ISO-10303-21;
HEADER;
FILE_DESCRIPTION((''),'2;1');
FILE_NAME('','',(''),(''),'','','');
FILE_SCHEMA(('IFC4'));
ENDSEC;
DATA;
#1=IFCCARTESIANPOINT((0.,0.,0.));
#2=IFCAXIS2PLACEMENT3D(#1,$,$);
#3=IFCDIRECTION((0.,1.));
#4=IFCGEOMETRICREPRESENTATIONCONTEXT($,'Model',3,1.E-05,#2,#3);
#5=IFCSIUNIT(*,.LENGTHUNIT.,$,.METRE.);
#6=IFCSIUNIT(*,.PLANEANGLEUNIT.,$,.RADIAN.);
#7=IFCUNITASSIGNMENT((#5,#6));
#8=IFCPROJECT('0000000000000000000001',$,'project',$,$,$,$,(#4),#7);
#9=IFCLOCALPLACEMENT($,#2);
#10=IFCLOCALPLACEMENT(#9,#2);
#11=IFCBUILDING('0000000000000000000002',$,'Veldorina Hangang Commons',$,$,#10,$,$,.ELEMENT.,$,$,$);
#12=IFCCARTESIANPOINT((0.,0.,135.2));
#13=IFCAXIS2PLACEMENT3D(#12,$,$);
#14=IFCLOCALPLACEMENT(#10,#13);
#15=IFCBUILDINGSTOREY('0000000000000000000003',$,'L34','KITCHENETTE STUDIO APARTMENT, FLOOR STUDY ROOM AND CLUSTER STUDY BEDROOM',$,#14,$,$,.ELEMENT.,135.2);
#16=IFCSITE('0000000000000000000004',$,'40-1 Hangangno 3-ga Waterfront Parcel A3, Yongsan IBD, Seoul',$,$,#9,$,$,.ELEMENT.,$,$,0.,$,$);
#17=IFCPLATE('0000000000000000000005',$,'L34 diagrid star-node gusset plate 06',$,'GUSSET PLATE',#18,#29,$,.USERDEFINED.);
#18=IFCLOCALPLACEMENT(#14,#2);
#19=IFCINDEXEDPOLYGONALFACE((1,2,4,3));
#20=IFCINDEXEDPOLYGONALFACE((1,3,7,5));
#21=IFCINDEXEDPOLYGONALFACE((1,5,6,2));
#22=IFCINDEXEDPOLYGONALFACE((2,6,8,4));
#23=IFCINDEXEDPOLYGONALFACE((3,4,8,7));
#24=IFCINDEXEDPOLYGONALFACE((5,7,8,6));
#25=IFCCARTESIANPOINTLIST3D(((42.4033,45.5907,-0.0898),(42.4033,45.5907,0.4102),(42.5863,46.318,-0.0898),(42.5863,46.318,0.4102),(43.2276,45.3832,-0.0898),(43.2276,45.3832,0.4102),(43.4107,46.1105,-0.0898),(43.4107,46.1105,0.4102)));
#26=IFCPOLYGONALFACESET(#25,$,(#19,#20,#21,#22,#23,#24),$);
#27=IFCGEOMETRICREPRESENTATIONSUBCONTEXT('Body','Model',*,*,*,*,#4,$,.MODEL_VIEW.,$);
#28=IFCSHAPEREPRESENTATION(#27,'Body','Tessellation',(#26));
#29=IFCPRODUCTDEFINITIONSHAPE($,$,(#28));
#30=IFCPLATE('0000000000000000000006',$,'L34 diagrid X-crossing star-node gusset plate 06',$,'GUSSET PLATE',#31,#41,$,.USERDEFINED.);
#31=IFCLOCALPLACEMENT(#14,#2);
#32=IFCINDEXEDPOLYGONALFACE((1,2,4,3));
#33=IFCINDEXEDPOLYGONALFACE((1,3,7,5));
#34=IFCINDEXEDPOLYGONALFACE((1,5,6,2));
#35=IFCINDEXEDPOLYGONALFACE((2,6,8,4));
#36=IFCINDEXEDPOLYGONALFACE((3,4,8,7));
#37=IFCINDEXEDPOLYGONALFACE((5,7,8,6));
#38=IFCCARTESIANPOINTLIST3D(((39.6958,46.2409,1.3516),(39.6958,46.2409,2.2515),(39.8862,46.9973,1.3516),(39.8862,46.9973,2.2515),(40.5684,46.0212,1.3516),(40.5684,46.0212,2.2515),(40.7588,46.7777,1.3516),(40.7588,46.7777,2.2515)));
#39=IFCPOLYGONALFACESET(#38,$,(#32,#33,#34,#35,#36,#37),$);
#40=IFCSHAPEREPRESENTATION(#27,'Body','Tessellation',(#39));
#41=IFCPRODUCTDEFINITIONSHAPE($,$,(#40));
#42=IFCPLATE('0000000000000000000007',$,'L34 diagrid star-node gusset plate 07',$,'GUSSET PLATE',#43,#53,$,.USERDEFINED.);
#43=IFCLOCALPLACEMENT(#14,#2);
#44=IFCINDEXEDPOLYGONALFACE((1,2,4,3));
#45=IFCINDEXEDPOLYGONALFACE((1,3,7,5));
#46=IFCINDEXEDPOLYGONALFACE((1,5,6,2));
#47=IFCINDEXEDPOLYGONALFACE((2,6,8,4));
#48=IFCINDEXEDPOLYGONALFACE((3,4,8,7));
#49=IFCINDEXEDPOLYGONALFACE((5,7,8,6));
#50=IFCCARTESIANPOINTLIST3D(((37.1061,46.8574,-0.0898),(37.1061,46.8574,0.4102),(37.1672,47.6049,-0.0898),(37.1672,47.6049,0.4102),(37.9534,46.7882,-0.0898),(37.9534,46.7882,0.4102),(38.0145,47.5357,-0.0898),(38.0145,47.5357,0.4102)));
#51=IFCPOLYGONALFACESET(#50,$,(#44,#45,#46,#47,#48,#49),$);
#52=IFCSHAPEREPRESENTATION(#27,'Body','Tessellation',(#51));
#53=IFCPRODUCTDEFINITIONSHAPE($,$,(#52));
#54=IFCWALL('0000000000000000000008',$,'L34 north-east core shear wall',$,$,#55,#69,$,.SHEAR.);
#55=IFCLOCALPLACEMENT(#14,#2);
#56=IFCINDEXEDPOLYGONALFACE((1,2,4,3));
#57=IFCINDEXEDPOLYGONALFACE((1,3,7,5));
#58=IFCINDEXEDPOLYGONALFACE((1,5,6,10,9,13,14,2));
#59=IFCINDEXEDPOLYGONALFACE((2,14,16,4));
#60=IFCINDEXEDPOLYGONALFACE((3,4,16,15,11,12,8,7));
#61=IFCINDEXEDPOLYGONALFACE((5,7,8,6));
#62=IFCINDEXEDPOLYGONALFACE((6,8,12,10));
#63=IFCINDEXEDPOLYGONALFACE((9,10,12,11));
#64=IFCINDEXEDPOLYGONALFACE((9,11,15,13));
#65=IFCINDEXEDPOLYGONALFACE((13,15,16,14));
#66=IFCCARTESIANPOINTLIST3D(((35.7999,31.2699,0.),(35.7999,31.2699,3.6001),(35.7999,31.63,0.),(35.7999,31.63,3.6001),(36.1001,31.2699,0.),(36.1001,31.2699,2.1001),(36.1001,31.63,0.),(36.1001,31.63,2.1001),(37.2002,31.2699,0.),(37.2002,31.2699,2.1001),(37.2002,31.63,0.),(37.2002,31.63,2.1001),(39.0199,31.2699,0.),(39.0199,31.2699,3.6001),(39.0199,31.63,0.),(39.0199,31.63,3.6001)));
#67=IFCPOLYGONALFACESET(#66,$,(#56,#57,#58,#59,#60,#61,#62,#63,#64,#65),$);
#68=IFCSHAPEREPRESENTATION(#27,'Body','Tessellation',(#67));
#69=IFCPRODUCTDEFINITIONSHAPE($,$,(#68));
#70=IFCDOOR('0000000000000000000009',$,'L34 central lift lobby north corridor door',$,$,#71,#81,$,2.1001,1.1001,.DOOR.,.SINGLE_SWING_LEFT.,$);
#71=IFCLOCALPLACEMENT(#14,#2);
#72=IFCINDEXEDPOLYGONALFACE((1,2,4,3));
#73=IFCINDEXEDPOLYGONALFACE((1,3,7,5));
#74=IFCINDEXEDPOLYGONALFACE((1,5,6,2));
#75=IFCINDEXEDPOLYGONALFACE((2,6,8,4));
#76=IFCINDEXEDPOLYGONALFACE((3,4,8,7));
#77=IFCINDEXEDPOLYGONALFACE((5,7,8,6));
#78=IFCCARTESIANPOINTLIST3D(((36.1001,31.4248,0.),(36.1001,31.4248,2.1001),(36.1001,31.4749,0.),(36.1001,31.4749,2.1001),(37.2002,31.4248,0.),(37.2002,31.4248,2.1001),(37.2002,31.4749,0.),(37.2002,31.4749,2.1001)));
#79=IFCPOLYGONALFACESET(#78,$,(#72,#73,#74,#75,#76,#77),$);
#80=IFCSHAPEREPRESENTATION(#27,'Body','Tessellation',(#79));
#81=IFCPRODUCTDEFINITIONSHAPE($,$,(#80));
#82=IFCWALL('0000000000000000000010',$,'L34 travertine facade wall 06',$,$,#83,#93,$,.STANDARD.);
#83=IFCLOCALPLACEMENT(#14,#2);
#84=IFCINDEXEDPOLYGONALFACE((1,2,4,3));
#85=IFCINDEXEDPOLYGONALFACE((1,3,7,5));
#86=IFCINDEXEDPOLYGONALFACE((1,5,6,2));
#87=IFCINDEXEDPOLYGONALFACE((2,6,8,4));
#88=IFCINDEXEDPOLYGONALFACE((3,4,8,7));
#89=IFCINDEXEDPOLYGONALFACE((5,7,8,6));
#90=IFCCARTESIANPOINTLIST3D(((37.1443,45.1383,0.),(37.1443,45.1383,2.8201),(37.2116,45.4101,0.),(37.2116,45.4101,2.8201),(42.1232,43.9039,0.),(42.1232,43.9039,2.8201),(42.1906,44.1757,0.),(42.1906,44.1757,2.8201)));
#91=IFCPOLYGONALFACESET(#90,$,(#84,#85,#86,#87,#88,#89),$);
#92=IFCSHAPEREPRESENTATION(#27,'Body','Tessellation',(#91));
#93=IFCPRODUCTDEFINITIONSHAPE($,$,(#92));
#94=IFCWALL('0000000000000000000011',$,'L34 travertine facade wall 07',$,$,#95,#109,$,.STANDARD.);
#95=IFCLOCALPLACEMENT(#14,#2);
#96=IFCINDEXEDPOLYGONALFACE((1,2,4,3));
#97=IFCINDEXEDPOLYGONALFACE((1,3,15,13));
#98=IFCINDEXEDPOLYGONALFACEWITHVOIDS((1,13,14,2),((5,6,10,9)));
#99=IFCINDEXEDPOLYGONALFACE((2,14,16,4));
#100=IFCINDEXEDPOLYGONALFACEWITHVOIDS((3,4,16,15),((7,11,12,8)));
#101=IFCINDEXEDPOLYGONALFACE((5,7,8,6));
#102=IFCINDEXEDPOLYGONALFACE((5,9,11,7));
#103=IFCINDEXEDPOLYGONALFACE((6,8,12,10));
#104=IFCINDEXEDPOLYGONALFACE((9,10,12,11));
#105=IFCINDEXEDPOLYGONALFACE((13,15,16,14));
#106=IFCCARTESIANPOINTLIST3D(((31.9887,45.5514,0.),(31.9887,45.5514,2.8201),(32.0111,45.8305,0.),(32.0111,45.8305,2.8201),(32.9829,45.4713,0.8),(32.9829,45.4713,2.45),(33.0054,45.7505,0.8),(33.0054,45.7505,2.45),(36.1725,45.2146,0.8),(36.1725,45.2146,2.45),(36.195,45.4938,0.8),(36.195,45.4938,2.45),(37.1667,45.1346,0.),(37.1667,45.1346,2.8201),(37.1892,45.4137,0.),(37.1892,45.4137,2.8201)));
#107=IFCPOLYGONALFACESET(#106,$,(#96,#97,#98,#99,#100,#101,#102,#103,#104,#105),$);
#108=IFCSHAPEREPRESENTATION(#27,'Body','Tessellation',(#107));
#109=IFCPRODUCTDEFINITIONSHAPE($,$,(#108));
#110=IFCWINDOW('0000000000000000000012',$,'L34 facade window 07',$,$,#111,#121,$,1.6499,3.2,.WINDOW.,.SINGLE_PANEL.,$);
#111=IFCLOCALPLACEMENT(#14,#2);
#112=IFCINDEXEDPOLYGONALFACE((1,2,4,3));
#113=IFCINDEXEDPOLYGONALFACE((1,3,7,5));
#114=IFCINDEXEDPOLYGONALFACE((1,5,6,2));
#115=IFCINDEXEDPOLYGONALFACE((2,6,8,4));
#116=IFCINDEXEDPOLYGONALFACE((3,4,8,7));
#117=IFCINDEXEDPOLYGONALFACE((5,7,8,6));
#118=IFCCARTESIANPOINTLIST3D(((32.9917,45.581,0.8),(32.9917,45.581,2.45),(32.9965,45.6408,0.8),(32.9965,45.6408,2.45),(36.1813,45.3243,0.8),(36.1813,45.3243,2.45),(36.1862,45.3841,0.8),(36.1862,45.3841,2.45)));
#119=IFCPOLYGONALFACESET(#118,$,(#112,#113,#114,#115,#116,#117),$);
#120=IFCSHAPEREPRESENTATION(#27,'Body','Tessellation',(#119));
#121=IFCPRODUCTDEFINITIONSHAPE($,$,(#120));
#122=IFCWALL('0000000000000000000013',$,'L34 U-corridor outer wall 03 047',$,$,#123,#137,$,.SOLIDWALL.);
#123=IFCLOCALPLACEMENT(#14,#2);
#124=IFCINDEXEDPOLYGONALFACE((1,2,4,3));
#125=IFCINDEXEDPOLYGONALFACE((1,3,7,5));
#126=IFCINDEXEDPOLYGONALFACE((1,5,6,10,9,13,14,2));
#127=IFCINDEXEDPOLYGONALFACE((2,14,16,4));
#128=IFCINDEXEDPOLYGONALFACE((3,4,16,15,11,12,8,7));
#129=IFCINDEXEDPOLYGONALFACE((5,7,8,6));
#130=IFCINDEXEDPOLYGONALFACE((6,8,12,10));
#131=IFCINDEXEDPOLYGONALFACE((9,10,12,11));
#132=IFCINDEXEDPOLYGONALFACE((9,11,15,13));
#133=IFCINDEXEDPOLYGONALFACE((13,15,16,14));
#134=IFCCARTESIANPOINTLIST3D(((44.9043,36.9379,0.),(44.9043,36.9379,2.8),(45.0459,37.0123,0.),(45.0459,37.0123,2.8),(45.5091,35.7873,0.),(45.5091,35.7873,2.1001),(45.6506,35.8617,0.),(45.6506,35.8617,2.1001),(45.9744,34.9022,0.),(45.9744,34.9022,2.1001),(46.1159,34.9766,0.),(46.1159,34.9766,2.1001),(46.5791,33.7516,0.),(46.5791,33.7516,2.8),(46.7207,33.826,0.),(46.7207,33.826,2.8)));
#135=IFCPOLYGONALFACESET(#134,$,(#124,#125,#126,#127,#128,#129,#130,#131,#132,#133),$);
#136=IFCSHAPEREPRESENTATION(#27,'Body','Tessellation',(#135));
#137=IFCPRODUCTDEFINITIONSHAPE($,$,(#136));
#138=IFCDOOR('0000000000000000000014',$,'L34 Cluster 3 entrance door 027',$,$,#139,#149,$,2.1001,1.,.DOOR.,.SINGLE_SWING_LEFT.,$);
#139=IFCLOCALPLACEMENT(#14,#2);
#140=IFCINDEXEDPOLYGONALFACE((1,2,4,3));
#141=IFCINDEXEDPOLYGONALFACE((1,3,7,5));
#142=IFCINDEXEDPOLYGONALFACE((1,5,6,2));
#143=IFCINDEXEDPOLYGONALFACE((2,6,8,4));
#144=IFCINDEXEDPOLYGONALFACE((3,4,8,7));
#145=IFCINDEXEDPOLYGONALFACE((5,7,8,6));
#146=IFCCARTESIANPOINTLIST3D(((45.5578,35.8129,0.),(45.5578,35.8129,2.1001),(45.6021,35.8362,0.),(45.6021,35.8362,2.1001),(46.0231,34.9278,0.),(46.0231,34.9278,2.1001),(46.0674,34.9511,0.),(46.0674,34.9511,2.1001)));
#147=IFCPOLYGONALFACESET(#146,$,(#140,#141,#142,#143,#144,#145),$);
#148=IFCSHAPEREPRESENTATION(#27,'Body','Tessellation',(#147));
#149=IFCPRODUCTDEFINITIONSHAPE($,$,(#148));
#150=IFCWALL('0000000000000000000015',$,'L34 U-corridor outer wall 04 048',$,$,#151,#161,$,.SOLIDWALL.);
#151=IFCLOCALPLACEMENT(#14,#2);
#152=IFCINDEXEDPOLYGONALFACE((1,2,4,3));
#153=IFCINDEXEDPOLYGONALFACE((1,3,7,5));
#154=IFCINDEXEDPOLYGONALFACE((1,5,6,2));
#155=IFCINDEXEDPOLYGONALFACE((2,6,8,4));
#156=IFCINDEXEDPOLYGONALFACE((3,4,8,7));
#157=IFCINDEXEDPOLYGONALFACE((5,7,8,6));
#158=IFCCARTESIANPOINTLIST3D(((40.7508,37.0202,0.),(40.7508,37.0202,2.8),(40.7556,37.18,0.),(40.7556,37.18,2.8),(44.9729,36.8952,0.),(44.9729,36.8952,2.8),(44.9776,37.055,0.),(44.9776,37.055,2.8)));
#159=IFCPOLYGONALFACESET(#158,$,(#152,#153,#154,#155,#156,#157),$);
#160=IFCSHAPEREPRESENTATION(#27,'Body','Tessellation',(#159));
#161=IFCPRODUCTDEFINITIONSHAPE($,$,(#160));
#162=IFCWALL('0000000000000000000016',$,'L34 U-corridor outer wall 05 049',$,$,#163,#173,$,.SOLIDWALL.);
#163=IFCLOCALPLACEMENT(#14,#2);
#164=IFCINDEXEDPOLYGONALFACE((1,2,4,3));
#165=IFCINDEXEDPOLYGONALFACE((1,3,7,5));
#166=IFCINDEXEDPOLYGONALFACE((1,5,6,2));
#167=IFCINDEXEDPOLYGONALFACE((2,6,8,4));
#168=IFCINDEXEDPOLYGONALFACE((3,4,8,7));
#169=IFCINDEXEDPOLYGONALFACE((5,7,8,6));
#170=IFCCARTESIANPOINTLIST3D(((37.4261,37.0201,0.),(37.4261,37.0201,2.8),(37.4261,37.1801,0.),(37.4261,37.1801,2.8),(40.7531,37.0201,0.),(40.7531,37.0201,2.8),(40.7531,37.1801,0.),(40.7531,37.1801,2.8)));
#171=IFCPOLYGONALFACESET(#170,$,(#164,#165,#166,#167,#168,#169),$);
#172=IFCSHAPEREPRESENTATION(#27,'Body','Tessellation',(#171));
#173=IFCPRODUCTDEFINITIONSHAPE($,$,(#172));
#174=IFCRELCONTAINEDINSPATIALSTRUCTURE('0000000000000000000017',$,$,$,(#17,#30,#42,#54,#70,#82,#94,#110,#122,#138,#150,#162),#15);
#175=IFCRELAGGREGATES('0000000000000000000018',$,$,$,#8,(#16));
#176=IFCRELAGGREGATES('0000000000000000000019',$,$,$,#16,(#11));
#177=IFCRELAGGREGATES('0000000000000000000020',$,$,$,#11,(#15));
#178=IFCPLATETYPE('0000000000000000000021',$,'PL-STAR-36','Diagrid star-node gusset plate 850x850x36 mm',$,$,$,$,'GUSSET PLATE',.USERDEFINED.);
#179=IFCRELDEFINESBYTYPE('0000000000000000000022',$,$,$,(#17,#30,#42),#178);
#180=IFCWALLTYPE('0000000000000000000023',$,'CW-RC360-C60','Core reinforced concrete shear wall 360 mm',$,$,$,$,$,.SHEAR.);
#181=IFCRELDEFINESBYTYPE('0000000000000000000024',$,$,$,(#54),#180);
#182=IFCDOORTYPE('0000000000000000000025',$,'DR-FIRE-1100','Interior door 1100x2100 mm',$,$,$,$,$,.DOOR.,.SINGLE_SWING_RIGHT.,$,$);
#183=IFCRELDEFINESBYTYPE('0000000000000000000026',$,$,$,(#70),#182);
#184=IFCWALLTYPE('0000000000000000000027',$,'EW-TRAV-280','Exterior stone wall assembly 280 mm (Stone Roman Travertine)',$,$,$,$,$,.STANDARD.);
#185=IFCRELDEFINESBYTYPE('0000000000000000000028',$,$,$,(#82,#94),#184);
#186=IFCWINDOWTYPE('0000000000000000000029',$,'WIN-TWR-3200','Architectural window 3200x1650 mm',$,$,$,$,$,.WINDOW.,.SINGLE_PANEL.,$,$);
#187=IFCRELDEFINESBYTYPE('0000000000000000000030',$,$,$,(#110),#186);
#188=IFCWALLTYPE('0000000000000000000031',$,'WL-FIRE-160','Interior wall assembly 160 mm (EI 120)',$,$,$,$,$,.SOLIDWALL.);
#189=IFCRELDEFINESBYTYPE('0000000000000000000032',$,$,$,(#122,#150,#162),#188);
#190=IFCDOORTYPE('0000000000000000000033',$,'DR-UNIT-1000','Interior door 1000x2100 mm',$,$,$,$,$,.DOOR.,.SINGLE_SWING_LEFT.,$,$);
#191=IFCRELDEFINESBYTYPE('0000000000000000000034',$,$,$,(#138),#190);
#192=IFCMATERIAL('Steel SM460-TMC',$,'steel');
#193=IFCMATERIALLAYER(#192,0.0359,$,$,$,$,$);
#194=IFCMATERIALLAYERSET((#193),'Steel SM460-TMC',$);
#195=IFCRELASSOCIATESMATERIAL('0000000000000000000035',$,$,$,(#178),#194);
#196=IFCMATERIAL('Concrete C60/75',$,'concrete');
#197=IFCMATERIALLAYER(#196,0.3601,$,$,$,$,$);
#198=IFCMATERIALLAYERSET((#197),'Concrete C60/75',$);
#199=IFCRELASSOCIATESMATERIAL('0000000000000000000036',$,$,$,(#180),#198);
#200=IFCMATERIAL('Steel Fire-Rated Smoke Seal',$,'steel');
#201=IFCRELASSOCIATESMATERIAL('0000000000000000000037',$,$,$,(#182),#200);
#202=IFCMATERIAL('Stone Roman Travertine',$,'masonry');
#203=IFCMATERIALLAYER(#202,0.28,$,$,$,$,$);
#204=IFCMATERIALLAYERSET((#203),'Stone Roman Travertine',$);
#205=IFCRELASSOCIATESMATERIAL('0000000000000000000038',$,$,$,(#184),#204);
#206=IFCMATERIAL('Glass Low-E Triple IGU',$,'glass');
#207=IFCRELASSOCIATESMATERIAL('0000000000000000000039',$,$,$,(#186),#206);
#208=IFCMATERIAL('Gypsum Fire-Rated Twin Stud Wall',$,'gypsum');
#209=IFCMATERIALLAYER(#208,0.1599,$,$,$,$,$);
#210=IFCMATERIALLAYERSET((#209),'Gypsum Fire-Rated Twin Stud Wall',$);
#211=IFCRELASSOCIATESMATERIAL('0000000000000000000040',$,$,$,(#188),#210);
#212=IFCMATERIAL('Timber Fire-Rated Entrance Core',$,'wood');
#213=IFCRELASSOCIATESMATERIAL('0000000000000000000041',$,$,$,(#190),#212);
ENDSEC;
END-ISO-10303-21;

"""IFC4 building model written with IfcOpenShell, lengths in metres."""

from ifc_helpers import new_model, si_unit, direction, frame, frame_2d, origin, origin_2d, place, context, subcontext, project, spatial, rectangle, extrude, material, layer, layer_set, type_object, element, fill, save


model = new_model("IFC4")

# Units and contexts
model_context = context("Model", 3, precision=1e-05, world=origin(), true_north=direction((0.0, 1.0)))
body_context = subcontext(model_context, "Body", "Model", "MODEL_VIEW")
ifc_project = project(units=[si_unit("LENGTHUNIT", "METRE"), si_unit("PLANEANGLEUNIT", "RADIAN")], contexts=[model_context])

# Site, building, storey
site_placement = place(None, origin())
site = spatial("IfcSite", under=ifc_project, at=site_placement, Name="40-1 Hangangno 3-ga Waterfront Parcel A3, Yongsan IBD, Seoul", CompositionType="ELEMENT", RefElevation=0.0)
building_placement = place(site_placement, origin())
building = spatial("IfcBuilding", under=site, at=building_placement, Name="Veldorina Hangang Commons", CompositionType="ELEMENT")
storey_placement = place(building_placement, frame((0.0, 0.0, 135.2)))
storey = spatial("IfcBuildingStorey", under=building, at=storey_placement, Name="L34", Description="KITCHENETTE STUDIO APARTMENT, FLOOR STUDY ROOM AND CLUSTER STUDY BEDROOM", CompositionType="ELEMENT", Elevation=135.2)

# Plates
ifc_material_1 = material(Name="Steel SM460-TMC", Category="steel")
ifc_layer_1 = layer(ifc_material_1, 0.0359)
ifc_layer_set_1 = layer_set([ifc_layer_1], Name="Steel SM460-TMC")
plate_type = type_object("IfcPlateType", Name="PL-STAR-36", Description="Diagrid star-node gusset plate 850x850x36 mm", ElementType="GUSSET PLATE", PredefinedType="USERDEFINED", material=ifc_layer_set_1)
plate_1_placement = place(storey_placement, frame((42.907, 45.8506, -0.0898), z_axis=(0.0, 0.0, 1.0), x_axis=(-0.969749, 0.244106, 0.0)))
element("IfcPlate", 1, at=plate_1_placement, inside=storey, type_object=plate_type, Name="L34 diagrid star-node gusset plate 06", ObjectType="GUSSET PLATE", PredefinedType="USERDEFINED", context=body_context, shape_type="SweptSolid", body=[
    extrude(rectangle(XDim=0.8501, YDim=0.75, at=origin_2d()), origin(), (0.0, 0.0, 1.0), 0.5),
])
plate_2_placement = place(storey_placement, frame((40.2273, 46.5093, 1.3516), z_axis=(0.0, 0.0, 1.0), x_axis=(-0.969749, 0.244106, 0.0)))
element("IfcPlate", 2, at=plate_2_placement, inside=storey, type_object=plate_type, Name="L34 diagrid X-crossing star-node gusset plate 06", ObjectType="GUSSET PLATE", PredefinedType="USERDEFINED", context=body_context, shape_type="SweptSolid", body=[
    extrude(rectangle(XDim=0.8999, YDim=0.78, at=origin_2d()), origin(), (0.0, 0.0, 1.0), 0.8999),
])
plate_3_placement = place(storey_placement, frame((37.5603, 47.1965, -0.0898), z_axis=(0.0, 0.0, 1.0), x_axis=(-0.996677, 0.081451, 0.0)))
element("IfcPlate", 3, at=plate_3_placement, inside=storey, type_object=plate_type, Name="L34 diagrid star-node gusset plate 07", ObjectType="GUSSET PLATE", PredefinedType="USERDEFINED", context=body_context, shape_type="SweptSolid", body=[
    extrude(rectangle(XDim=0.8501, YDim=0.75, at=origin_2d()), origin(), (0.0, 0.0, 1.0), 0.5),
])

# Wall, opening, door
ifc_material_2 = material(Name="Concrete C60/75", Category="concrete")
ifc_layer_2 = layer(ifc_material_2, 0.3601)
ifc_layer_set_2 = layer_set([ifc_layer_2], Name="Concrete C60/75")
wall_type_1 = type_object("IfcWallType", Name="CW-RC360-C60", Description="Core reinforced concrete shear wall 360 mm", PredefinedType="SHEAR", material=ifc_layer_set_2)
wall_1_placement = place(storey_placement, frame((35.8, 31.45, 0.0), z_axis=(0.0, 0.0, 1.0), x_axis=(1.0, 0.0, 0.0)))
wall_1 = element("IfcWall", 4, at=wall_1_placement, inside=storey, type_object=wall_type_1, Name="L34 north-east core shear wall", PredefinedType="SHEAR", context=body_context, shape_type="SweptSolid", body=[
    extrude(rectangle(XDim=3.22, YDim=0.3601, at=frame_2d((1.6099, 0.0))), origin(), (0.0, 0.0, 1.0), 3.6001),
])
opening_1_placement = place(wall_1_placement, frame((0.3, 0.0, 0.0)))
opening_1 = element("IfcOpeningElement", 5, at=opening_1_placement, cuts=wall_1, PredefinedType="OPENING", context=body_context, shape_type="SweptSolid", body=[
    extrude(rectangle(XDim=1.1001, YDim=2.1001, at=frame_2d((0.55, 1.05))), frame((0.0, 0.1899, 0.0), z_axis=(0.0, -1.0, 0.0), x_axis=(1.0, 0.0, 0.0)), (0.0, 0.0, 1.0), 0.3801),
])
ifc_material_3 = material(Name="Steel Fire-Rated Smoke Seal", Category="steel")
door_type_1 = type_object("IfcDoorType", Name="DR-FIRE-1100", Description="Interior door 1100x2100 mm", OperationType="SINGLE_SWING_RIGHT", PredefinedType="DOOR", material=ifc_material_3)
door_1_placement = place(opening_1_placement, origin())
door_1 = element("IfcDoor", 6, at=door_1_placement, inside=storey, type_object=door_type_1, Name="L34 central lift lobby north corridor door", OperationType="SINGLE_SWING_LEFT", OverallHeight=2.1001, OverallWidth=1.1001, PredefinedType="DOOR", context=body_context, shape_type="SweptSolid", body=[
    extrude(rectangle(XDim=1.1001, YDim=2.1001, at=frame_2d((0.55, 1.05))), frame((0.0, 0.0249, 0.0), z_axis=(0.0, -1.0, 0.0), x_axis=(1.0, 0.0, 0.0)), (0.0, 0.0, 1.0), 0.05),
])
fill(opening_1, door_1)

# Wall
ifc_material_4 = material(Name="Stone Roman Travertine", Category="masonry")
ifc_layer_3 = layer(ifc_material_4, 0.28)
ifc_layer_set_3 = layer_set([ifc_layer_3], Name="Stone Roman Travertine")
wall_type_2 = type_object("IfcWallType", Name="EW-TRAV-280", Description="Exterior stone wall assembly 280 mm (Stone Roman Travertine)", PredefinedType="STANDARD", material=ifc_layer_set_3)
wall_2_placement = place(storey_placement, frame((42.157, 44.0398, 0.0), z_axis=(0.0, 0.0, 1.0), x_axis=(-0.970617, 0.240631, 0.0)))
element("IfcWall", 7, at=wall_2_placement, inside=storey, type_object=wall_type_2, Name="L34 travertine facade wall 06", PredefinedType="STANDARD", context=body_context, shape_type="SweptSolid", body=[
    extrude(rectangle(XDim=5.1296, YDim=0.28, at=frame_2d((2.5649, 0.0))), origin(), (0.0, 0.0, 1.0), 2.8201),
])

# Wall, opening, window
wall_3_placement = place(storey_placement, frame((37.178, 45.2742, 0.0), z_axis=(0.0, 0.0, 1.0), x_axis=(-0.996777, 0.080225, 0.0)))
wall_3 = element("IfcWall", 8, at=wall_3_placement, inside=storey, type_object=wall_type_2, Name="L34 travertine facade wall 07", PredefinedType="STANDARD", context=body_context, shape_type="SweptSolid", body=[
    extrude(rectangle(XDim=5.1948, YDim=0.28, at=frame_2d((2.5974, 0.0))), origin(), (0.0, 0.0, 1.0), 2.8201),
])
opening_2_placement = place(wall_3_placement, frame((0.9973, 0.0, 0.8)))
opening_2 = element("IfcOpeningElement", 9, at=opening_2_placement, cuts=wall_3, PredefinedType="OPENING", context=body_context, shape_type="SweptSolid", body=[
    extrude(rectangle(XDim=3.2, YDim=1.6499, at=frame_2d((1.6001, 0.825))), frame((0.0, 0.1499, 0.0), z_axis=(0.0, -1.0, 0.0), x_axis=(1.0, 0.0, 0.0)), (0.0, 0.0, 1.0), 0.3),
])
ifc_material_5 = material(Name="Glass Low-E Triple IGU", Category="glass")
window_type = type_object("IfcWindowType", Name="WIN-TWR-3200", Description="Architectural window 3200x1650 mm", PartitioningType="SINGLE_PANEL", PredefinedType="WINDOW", material=ifc_material_5)
window_placement = place(opening_2_placement, origin())
window = element("IfcWindow", 10, at=window_placement, inside=storey, type_object=window_type, Name="L34 facade window 07", OverallHeight=1.6499, OverallWidth=3.2, PartitioningType="SINGLE_PANEL", PredefinedType="WINDOW", context=body_context, shape_type="SweptSolid", body=[
    extrude(rectangle(XDim=3.2, YDim=1.6499, at=frame_2d((1.6001, 0.825))), frame((0.0, 0.03, 0.0), z_axis=(0.0, -1.0, 0.0), x_axis=(1.0, 0.0, 0.0)), (0.0, 0.0, 1.0), 0.0601),
])
fill(opening_2, window)

# Wall, opening, door
ifc_material_6 = material(Name="Gypsum Fire-Rated Twin Stud Wall", Category="gypsum")
ifc_layer_4 = layer(ifc_material_6, 0.1599)
ifc_layer_set_4 = layer_set([ifc_layer_4], Name="Gypsum Fire-Rated Twin Stud Wall")
wall_type_3 = type_object("IfcWallType", Name="WL-FIRE-160", Description="Interior wall assembly 160 mm (EI 120)", PredefinedType="SOLIDWALL", material=ifc_layer_set_4)
wall_4_placement = place(storey_placement, frame((46.6499, 33.7888, 0.0), z_axis=(0.0, 0.0, 1.0), x_axis=(-0.465271, 0.885168, 0.0)))
wall_4 = element("IfcWall", 11, at=wall_4_placement, inside=storey, type_object=wall_type_3, Name="L34 U-corridor outer wall 03 047", PredefinedType="SOLIDWALL", context=body_context, shape_type="SweptSolid", body=[
    extrude(rectangle(XDim=3.5996, YDim=0.1599, at=frame_2d((1.7998, 0.0))), origin(), (0.0, 0.0, 1.0), 2.8),
])
opening_3_placement = place(wall_4_placement, frame((1.2998, 0.0, 0.0)))
opening_3 = element("IfcOpeningElement", 12, at=opening_3_placement, cuts=wall_4, PredefinedType="OPENING", context=body_context, shape_type="SweptSolid", body=[
    extrude(rectangle(XDim=1.0, YDim=2.1001, at=frame_2d((0.5, 1.05))), frame((0.0, 0.0898, 0.0), z_axis=(0.0, -1.0, 0.0), x_axis=(1.0, 0.0, 0.0)), (0.0, 0.0, 1.0), 0.1799),
])
ifc_material_7 = material(Name="Timber Fire-Rated Entrance Core", Category="wood")
door_type_2 = type_object("IfcDoorType", Name="DR-UNIT-1000", Description="Interior door 1000x2100 mm", OperationType="SINGLE_SWING_LEFT", PredefinedType="DOOR", material=ifc_material_7)
door_2_placement = place(opening_3_placement, origin())
door_2 = element("IfcDoor", 13, at=door_2_placement, inside=storey, type_object=door_type_2, Name="L34 Cluster 3 entrance door 027", OperationType="SINGLE_SWING_LEFT", OverallHeight=2.1001, OverallWidth=1.0, PredefinedType="DOOR", context=body_context, shape_type="SweptSolid", body=[
    extrude(rectangle(XDim=1.0, YDim=2.1001, at=frame_2d((0.5, 1.05))), frame((0.0, 0.0249, 0.0), z_axis=(0.0, -1.0, 0.0), x_axis=(1.0, 0.0, 0.0)), (0.0, 0.0, 1.0), 0.05),
])
fill(opening_3, door_2)

# Walls
wall_5_placement = place(storey_placement, frame((44.9751, 36.9751, 0.0), z_axis=(0.0, 0.0, 1.0), x_axis=(-0.999562, 0.029594, 0.0)))
element("IfcWall", 14, at=wall_5_placement, inside=storey, type_object=wall_type_3, Name="L34 U-corridor outer wall 04 048", PredefinedType="SOLIDWALL", context=body_context, shape_type="SweptSolid", body=[
    extrude(rectangle(XDim=4.2239, YDim=0.1599, at=frame_2d((2.1118, 0.0))), origin(), (0.0, 0.0, 1.0), 2.8),
])
wall_6_placement = place(storey_placement, frame((40.7532, 37.1001, 0.0), z_axis=(0.0, 0.0, 1.0), x_axis=(-1.0, 0.0, 0.0)))
element("IfcWall", 15, at=wall_6_placement, inside=storey, type_object=wall_type_3, Name="L34 U-corridor outer wall 05 049", PredefinedType="SOLIDWALL", context=body_context, shape_type="SweptSolid", body=[
    extrude(rectangle(XDim=3.3269, YDim=0.1599, at=frame_2d((1.6636, 0.0))), origin(), (0.0, 0.0, 1.0), 2.8),
])

save(model, "model.ifc")
